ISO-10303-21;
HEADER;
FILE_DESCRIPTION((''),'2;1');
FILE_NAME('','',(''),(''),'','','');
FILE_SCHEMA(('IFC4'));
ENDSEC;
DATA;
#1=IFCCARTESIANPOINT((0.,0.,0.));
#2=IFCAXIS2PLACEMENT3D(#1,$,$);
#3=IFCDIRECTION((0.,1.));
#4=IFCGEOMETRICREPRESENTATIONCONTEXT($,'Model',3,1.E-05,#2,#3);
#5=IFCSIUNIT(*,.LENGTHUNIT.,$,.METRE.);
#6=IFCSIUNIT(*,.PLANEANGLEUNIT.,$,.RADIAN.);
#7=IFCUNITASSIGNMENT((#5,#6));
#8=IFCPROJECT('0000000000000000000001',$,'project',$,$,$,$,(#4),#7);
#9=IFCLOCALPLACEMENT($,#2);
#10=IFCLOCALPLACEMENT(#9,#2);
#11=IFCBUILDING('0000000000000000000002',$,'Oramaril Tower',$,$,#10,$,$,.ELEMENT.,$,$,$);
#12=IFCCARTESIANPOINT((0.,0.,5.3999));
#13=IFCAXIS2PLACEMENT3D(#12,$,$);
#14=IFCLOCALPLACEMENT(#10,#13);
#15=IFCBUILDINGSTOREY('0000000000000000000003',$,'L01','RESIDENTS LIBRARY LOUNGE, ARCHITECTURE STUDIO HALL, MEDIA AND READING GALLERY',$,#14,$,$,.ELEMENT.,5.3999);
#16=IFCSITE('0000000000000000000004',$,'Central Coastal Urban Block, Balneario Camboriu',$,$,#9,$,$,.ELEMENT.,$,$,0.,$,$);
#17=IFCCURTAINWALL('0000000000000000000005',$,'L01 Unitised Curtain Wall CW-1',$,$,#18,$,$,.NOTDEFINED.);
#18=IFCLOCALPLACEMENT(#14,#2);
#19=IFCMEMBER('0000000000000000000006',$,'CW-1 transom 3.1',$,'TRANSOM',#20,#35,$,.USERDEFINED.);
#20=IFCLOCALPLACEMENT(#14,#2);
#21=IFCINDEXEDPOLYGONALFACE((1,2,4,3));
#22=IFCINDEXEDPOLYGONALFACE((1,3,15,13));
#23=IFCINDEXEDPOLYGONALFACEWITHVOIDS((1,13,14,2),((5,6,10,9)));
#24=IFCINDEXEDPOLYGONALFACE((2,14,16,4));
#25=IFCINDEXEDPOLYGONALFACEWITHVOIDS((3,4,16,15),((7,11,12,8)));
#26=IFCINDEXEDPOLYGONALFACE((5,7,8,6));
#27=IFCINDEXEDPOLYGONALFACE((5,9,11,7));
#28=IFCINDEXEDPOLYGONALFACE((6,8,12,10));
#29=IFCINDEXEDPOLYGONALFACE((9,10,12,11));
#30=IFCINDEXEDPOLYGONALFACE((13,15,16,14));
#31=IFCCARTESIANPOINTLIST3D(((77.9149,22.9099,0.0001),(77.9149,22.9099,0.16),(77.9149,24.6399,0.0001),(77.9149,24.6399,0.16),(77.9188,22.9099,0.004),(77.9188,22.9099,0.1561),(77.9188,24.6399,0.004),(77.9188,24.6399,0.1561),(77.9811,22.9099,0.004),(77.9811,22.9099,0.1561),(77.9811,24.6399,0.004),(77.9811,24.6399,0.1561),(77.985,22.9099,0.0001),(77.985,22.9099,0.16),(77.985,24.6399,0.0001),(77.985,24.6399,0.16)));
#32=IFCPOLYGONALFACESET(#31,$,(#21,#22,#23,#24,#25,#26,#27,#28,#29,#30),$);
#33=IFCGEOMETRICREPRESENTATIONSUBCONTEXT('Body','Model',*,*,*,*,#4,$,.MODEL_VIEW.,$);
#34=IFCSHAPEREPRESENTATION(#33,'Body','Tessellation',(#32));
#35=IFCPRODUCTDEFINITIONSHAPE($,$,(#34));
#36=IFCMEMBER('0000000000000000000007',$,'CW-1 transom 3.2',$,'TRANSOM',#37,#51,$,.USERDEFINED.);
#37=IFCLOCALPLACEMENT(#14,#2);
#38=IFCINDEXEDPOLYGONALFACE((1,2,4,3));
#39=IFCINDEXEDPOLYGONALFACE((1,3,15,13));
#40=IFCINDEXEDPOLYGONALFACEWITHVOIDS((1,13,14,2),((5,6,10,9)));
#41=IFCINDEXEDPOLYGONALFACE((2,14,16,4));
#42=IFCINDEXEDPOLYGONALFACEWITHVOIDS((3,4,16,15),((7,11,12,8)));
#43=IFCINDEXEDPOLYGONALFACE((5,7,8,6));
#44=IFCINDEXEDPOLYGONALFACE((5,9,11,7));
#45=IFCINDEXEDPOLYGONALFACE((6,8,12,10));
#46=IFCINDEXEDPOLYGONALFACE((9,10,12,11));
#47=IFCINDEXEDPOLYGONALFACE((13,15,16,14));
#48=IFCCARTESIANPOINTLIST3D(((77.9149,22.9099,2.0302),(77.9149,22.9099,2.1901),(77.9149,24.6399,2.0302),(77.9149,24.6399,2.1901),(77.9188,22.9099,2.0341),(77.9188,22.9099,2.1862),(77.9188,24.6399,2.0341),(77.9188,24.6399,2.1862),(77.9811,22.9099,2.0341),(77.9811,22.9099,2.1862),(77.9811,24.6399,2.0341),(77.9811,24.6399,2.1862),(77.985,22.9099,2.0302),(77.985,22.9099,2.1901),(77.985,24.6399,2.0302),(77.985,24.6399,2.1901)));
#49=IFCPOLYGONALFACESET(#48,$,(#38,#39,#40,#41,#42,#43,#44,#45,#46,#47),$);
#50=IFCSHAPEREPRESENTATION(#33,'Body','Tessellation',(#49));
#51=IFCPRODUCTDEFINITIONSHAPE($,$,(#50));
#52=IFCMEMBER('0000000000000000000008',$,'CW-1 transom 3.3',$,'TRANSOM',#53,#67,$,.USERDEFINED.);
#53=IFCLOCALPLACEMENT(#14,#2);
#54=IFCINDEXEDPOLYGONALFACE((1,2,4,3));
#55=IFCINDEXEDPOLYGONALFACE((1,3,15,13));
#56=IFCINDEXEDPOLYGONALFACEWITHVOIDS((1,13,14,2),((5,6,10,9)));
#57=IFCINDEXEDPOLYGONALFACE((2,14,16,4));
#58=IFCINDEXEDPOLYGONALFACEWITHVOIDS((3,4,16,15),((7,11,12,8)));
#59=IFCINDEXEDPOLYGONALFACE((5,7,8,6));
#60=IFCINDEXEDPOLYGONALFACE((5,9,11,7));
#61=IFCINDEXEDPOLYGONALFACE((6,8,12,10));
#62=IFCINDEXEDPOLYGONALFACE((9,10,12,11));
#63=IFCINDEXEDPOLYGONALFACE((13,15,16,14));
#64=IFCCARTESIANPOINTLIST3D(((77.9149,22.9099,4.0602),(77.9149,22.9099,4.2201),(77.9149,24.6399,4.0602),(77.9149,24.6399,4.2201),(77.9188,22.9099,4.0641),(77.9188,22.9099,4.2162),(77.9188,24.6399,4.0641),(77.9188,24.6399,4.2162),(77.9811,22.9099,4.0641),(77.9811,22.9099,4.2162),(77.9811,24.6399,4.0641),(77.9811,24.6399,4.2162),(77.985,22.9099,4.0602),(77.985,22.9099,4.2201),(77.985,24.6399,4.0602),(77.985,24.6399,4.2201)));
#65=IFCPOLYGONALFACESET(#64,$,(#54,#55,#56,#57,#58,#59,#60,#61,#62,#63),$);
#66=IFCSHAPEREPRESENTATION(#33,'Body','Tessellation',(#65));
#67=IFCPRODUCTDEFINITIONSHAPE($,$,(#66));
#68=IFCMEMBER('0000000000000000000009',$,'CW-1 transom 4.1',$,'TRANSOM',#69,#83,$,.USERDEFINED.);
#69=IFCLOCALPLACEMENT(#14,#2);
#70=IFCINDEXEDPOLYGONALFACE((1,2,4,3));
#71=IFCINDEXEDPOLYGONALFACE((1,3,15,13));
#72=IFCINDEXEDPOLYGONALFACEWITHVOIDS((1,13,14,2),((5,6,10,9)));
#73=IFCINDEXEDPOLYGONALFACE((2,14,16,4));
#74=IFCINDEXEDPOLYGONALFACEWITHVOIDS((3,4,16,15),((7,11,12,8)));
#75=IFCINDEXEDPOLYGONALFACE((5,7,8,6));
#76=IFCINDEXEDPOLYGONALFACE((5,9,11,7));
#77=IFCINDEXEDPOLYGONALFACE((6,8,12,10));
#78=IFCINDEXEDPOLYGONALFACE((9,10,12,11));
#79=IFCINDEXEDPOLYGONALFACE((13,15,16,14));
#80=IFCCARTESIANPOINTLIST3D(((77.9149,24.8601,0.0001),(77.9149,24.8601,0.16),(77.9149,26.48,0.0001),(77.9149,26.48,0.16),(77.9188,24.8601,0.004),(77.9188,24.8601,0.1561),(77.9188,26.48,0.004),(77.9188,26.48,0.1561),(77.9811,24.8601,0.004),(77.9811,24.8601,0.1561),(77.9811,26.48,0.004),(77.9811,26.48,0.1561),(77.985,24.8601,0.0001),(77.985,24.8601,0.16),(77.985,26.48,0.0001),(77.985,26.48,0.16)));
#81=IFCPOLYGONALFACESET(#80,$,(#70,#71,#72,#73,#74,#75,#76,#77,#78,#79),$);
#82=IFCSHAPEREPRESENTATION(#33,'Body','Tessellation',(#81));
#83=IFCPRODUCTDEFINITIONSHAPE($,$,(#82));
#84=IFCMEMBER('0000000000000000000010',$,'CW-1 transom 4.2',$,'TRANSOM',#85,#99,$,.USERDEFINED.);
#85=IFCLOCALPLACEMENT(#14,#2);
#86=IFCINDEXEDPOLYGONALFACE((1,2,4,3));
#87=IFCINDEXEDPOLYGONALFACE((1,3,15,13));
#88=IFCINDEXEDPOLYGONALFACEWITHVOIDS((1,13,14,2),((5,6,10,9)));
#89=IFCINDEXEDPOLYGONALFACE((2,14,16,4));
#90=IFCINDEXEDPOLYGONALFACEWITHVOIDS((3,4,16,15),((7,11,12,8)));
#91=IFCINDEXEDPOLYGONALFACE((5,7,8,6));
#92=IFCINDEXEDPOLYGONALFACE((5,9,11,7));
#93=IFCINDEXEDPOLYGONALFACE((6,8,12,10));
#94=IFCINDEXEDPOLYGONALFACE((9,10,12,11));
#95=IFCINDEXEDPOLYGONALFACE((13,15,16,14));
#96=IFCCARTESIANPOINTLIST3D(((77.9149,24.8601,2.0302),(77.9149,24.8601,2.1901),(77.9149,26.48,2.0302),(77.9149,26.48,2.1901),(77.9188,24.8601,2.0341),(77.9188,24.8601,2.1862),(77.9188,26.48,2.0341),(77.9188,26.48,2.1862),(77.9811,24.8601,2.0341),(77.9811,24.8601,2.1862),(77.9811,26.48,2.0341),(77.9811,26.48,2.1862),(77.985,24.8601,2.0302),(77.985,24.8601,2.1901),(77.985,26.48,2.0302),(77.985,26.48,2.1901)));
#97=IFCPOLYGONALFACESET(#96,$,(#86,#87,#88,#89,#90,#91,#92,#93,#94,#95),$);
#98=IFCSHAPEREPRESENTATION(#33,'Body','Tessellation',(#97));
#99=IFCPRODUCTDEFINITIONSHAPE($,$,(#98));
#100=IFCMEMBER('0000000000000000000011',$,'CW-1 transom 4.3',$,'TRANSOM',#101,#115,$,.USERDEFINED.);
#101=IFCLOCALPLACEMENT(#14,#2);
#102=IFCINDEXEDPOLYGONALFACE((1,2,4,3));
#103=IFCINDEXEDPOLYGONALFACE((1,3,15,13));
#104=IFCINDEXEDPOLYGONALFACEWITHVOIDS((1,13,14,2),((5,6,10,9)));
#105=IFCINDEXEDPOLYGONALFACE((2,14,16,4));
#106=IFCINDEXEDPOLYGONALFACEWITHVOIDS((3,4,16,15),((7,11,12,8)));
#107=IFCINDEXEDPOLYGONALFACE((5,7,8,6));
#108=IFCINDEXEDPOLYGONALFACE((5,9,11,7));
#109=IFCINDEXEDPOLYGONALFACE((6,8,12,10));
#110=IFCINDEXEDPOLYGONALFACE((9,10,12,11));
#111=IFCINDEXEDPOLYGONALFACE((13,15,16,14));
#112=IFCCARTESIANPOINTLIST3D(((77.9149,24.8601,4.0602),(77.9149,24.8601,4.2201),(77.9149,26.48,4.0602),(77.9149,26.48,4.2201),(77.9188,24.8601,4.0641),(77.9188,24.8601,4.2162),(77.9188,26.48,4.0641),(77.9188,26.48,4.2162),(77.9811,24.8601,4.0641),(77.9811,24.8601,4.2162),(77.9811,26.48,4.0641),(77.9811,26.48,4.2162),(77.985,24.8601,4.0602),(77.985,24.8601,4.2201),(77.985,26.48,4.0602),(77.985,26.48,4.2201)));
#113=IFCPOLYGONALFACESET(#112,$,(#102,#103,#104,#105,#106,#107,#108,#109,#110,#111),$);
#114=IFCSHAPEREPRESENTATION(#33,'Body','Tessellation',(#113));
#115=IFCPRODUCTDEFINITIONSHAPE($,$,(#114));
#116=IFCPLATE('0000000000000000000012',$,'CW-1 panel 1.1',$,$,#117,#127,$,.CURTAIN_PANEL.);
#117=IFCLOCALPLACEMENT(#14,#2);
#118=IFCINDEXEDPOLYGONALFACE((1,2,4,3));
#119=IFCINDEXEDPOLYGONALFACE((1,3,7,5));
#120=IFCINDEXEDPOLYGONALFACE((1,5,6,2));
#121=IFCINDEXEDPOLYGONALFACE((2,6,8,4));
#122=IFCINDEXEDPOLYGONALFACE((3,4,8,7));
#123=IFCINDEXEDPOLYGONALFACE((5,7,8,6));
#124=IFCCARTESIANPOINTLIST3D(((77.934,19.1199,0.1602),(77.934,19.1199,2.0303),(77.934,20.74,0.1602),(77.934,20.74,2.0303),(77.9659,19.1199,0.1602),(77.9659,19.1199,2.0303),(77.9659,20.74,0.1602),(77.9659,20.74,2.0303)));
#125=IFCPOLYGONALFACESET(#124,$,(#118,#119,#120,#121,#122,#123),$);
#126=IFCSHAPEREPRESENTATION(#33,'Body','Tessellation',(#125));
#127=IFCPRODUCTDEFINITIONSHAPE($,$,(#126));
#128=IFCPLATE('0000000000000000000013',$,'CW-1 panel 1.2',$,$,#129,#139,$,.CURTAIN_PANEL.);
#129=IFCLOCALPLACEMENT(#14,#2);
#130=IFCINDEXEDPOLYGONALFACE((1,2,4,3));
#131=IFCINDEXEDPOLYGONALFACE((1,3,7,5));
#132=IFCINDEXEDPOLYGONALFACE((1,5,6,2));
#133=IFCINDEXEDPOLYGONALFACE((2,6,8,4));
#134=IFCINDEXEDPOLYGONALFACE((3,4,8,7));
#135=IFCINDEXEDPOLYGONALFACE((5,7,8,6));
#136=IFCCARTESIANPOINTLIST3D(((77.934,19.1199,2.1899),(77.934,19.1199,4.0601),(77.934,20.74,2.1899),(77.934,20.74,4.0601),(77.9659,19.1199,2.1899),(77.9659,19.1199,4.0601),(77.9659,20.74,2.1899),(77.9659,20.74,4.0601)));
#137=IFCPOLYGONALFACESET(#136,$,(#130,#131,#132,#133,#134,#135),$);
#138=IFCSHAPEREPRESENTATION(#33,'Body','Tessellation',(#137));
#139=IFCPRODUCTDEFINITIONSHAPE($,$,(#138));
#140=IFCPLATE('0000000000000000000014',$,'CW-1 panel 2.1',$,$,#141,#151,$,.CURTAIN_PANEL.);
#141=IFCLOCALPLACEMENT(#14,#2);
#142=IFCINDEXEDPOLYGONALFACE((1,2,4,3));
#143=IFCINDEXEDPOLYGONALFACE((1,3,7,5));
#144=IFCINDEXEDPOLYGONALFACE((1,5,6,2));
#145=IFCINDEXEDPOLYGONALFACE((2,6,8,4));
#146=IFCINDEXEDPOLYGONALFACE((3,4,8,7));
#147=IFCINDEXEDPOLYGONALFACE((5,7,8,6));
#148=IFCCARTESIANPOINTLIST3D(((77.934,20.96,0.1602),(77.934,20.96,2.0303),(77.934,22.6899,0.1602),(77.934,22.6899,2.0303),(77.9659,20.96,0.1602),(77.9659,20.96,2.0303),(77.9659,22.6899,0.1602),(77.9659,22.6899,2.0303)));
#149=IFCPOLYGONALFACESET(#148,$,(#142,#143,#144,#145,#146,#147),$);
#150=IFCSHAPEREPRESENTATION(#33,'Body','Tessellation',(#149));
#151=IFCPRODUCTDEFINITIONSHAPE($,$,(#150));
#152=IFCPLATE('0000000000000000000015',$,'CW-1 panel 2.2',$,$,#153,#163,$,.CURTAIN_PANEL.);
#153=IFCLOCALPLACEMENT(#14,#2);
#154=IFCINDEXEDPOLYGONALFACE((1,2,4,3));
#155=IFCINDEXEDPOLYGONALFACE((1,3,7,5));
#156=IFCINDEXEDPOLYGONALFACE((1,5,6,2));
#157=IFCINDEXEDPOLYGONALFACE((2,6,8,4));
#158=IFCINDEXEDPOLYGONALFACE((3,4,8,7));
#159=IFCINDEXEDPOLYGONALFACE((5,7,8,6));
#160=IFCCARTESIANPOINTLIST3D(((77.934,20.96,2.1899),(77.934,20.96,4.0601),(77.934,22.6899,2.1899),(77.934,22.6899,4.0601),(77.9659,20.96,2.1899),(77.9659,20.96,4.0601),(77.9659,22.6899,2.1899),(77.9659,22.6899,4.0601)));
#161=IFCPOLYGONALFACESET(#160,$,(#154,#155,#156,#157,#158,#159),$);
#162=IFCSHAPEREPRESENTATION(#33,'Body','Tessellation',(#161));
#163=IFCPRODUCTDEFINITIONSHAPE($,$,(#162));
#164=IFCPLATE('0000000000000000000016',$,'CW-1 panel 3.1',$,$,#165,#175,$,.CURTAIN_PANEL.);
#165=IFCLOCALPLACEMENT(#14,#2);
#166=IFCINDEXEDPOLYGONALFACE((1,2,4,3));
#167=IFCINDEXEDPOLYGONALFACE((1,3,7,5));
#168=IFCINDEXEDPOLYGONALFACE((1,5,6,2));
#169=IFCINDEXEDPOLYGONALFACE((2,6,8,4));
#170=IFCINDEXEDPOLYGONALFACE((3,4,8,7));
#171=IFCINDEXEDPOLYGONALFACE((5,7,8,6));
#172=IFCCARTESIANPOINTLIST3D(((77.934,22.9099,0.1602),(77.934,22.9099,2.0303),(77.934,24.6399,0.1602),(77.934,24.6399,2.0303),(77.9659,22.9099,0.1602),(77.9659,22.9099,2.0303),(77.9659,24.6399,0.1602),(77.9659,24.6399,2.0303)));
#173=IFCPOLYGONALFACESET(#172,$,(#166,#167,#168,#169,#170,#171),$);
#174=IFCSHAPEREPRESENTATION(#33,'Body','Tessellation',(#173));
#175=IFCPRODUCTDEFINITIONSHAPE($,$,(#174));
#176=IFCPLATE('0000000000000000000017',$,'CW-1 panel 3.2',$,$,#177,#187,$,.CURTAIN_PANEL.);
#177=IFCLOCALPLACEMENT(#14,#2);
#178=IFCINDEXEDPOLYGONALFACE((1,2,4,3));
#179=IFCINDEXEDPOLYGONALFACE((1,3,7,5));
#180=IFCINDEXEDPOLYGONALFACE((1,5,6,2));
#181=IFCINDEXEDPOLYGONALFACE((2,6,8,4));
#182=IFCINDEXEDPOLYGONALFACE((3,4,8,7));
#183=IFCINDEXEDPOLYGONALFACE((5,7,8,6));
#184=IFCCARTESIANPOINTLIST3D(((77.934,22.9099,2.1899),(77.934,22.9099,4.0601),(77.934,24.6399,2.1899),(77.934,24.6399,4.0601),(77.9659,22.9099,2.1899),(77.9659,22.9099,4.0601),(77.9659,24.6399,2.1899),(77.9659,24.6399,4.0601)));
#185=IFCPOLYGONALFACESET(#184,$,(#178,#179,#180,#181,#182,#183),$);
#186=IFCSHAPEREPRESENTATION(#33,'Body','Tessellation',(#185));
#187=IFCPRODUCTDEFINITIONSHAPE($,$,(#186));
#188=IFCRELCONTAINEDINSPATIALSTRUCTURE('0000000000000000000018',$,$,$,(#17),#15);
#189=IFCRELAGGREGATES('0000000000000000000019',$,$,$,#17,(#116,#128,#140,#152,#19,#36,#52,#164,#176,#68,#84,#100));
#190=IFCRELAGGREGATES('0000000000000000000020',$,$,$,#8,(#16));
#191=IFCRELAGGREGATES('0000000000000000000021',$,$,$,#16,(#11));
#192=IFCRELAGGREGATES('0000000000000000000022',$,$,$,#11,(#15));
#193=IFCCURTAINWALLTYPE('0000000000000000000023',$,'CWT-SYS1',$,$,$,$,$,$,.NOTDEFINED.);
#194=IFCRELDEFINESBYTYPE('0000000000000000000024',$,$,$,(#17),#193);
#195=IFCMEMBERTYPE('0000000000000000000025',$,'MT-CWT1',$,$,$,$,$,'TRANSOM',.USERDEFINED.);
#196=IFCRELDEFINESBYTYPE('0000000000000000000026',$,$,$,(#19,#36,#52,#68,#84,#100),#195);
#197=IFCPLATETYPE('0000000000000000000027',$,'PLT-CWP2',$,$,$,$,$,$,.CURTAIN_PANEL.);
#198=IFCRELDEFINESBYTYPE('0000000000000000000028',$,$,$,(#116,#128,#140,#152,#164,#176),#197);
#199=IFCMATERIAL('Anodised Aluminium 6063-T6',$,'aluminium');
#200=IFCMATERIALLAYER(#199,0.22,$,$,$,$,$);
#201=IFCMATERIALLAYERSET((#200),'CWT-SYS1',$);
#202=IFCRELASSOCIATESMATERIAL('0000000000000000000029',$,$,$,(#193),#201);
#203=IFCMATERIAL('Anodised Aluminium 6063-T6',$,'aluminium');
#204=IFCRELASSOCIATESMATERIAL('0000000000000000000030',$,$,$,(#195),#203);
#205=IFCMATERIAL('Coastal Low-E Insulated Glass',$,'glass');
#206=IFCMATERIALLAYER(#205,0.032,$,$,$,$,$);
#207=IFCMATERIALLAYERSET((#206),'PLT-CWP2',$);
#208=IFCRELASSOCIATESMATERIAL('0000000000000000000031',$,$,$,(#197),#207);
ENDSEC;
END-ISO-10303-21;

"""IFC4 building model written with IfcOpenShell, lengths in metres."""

from ifc_helpers import new_model, si_unit, direction, frame, origin, origin_2d, place, context, subcontext, project, spatial, rectangle, hollow_rectangle, extrude, material, layer, layer_set, material_profile, profile_set, type_object, element, aggregate, save


model = new_model("IFC4")

# Units and contexts
model_context = context("Model", 3, precision=1e-05, world=origin(), true_north=direction((0.0, 1.0)))
body_context = subcontext(model_context, "Body", "Model", "MODEL_VIEW")
ifc_project = project(units=[si_unit("LENGTHUNIT", "METRE"), si_unit("PLANEANGLEUNIT", "RADIAN")], contexts=[model_context])

# Site, building, storey
site_placement = place(None, origin())
site = spatial("IfcSite", under=ifc_project, at=site_placement, Name="Central Coastal Urban Block, Balneario Camboriu", CompositionType="ELEMENT", RefElevation=0.0)
building_placement = place(site_placement, origin())
building = spatial("IfcBuilding", under=site, at=building_placement, Name="Oramaril Tower", CompositionType="ELEMENT")
storey_placement = place(building_placement, frame((0.0, 0.0, 5.3999)))
storey = spatial("IfcBuildingStorey", under=building, at=storey_placement, Name="L01", Description="RESIDENTS LIBRARY LOUNGE, ARCHITECTURE STUDIO HALL, MEDIA AND READING GALLERY", CompositionType="ELEMENT", Elevation=5.3999)

# Curtain wall, members, plates
ifc_material_1 = material(Name="Anodised Aluminium 6063-T6", Category="aluminium")
ifc_layer_1 = layer(ifc_material_1, 0.22)
ifc_layer_set_1 = layer_set([ifc_layer_1], Name="CWT-SYS1")
curtain_wall_type = type_object("IfcCurtainWallType", Name="CWT-SYS1", PredefinedType="NOTDEFINED", material=ifc_layer_set_1)
curtain_wall_placement = place(storey_placement, origin())
curtain_wall = element("IfcCurtainWall", 1, at=curtain_wall_placement, inside=storey, type_object=curtain_wall_type, Name="L01 Unitised Curtain Wall CW-1", PredefinedType="NOTDEFINED")
ifc_material_2 = material(Name="Anodised Aluminium 6063-T6", Category="aluminium")
ifc_material_profile_1 = material_profile(ifc_material_2, hollow_rectangle(XDim=0.0701, YDim=0.1599, WallThickness=0.0039, at=origin_2d()), Name="CWT160X70")
ifc_profile_set_1 = profile_set([ifc_material_profile_1], Name="Anodised Aluminium 6063-T6")
member_type_1 = type_object("IfcMemberType", Name="MT-CWT1", ElementType="TRANSOM", PredefinedType="USERDEFINED", material=ifc_profile_set_1)
member_1_placement = place(storey_placement, frame((77.95, 22.9099, 0.0801), z_axis=(0.0, 1.0, 0.0), x_axis=(-1.0, 0.0, 0.0)))
member_1 = element("IfcMember", 2, at=member_1_placement, type_object=member_type_1, Name="CW-1 transom 3.1", ObjectType="TRANSOM", PredefinedType="USERDEFINED", context=body_context, shape_type="SweptSolid", body=[
    extrude(hollow_rectangle(XDim=0.0701, YDim=0.1599, WallThickness=0.0039, at=origin_2d()), origin(), (0.0, 0.0, 1.0), 1.73),
])
member_2_placement = place(storey_placement, frame((77.95, 22.9099, 2.1101), z_axis=(0.0, 1.0, 0.0), x_axis=(-1.0, 0.0, 0.0)))
member_2 = element("IfcMember", 3, at=member_2_placement, type_object=member_type_1, Name="CW-1 transom 3.2", ObjectType="TRANSOM", PredefinedType="USERDEFINED", context=body_context, shape_type="SweptSolid", body=[
    extrude(hollow_rectangle(XDim=0.0701, YDim=0.1599, WallThickness=0.0039, at=origin_2d()), origin(), (0.0, 0.0, 1.0), 1.73),
])
member_3_placement = place(storey_placement, frame((77.95, 22.9099, 4.1401), z_axis=(0.0, 1.0, 0.0), x_axis=(-1.0, 0.0, 0.0)))
member_3 = element("IfcMember", 4, at=member_3_placement, type_object=member_type_1, Name="CW-1 transom 3.3", ObjectType="TRANSOM", PredefinedType="USERDEFINED", context=body_context, shape_type="SweptSolid", body=[
    extrude(hollow_rectangle(XDim=0.0701, YDim=0.1599, WallThickness=0.0039, at=origin_2d()), origin(), (0.0, 0.0, 1.0), 1.73),
])
member_4_placement = place(storey_placement, frame((77.95, 24.8601, 0.0801), z_axis=(0.0, 1.0, 0.0), x_axis=(-1.0, 0.0, 0.0)))
member_4 = element("IfcMember", 5, at=member_4_placement, type_object=member_type_1, Name="CW-1 transom 4.1", ObjectType="TRANSOM", PredefinedType="USERDEFINED", context=body_context, shape_type="SweptSolid", body=[
    extrude(hollow_rectangle(XDim=0.0701, YDim=0.1599, WallThickness=0.0039, at=origin_2d()), origin(), (0.0, 0.0, 1.0), 1.6199),
])
member_5_placement = place(storey_placement, frame((77.95, 24.8601, 2.1101), z_axis=(0.0, 1.0, 0.0), x_axis=(-1.0, 0.0, 0.0)))
member_5 = element("IfcMember", 6, at=member_5_placement, type_object=member_type_1, Name="CW-1 transom 4.2", ObjectType="TRANSOM", PredefinedType="USERDEFINED", context=body_context, shape_type="SweptSolid", body=[
    extrude(hollow_rectangle(XDim=0.0701, YDim=0.1599, WallThickness=0.0039, at=origin_2d()), origin(), (0.0, 0.0, 1.0), 1.6199),
])
member_6_placement = place(storey_placement, frame((77.95, 24.8601, 4.1401), z_axis=(0.0, 1.0, 0.0), x_axis=(-1.0, 0.0, 0.0)))
member_6 = element("IfcMember", 7, at=member_6_placement, type_object=member_type_1, Name="CW-1 transom 4.3", ObjectType="TRANSOM", PredefinedType="USERDEFINED", context=body_context, shape_type="SweptSolid", body=[
    extrude(hollow_rectangle(XDim=0.0701, YDim=0.1599, WallThickness=0.0039, at=origin_2d()), origin(), (0.0, 0.0, 1.0), 1.6199),
])
ifc_material_3 = material(Name="Coastal Low-E Insulated Glass", Category="glass")
ifc_layer_2 = layer(ifc_material_3, 0.032)
ifc_layer_set_2 = layer_set([ifc_layer_2], Name="PLT-CWP2")
plate_type = type_object("IfcPlateType", Name="PLT-CWP2", PredefinedType="CURTAIN_PANEL", material=ifc_layer_set_2)
plate_1_placement = place(storey_placement, frame((77.95, 19.9299, 0.1602), z_axis=(0.0, 0.0, 1.0), x_axis=(0.0, 1.0, 0.0)))
plate_1 = element("IfcPlate", 8, at=plate_1_placement, type_object=plate_type, Name="CW-1 panel 1.1", PredefinedType="CURTAIN_PANEL", context=body_context, shape_type="SweptSolid", body=[
    extrude(rectangle(XDim=1.6201, YDim=0.032, at=origin_2d()), origin(), (0.0, 0.0, 1.0), 1.8701),
])
plate_2_placement = place(storey_placement, frame((77.95, 19.9299, 2.1899), z_axis=(0.0, 0.0, 1.0), x_axis=(0.0, 1.0, 0.0)))
plate_2 = element("IfcPlate", 9, at=plate_2_placement, type_object=plate_type, Name="CW-1 panel 1.2", PredefinedType="CURTAIN_PANEL", context=body_context, shape_type="SweptSolid", body=[
    extrude(rectangle(XDim=1.6201, YDim=0.032, at=origin_2d()), origin(), (0.0, 0.0, 1.0), 1.8701),
])
plate_3_placement = place(storey_placement, frame((77.95, 21.825, 0.1602), z_axis=(0.0, 0.0, 1.0), x_axis=(0.0, 1.0, 0.0)))
plate_3 = element("IfcPlate", 10, at=plate_3_placement, type_object=plate_type, Name="CW-1 panel 2.1", PredefinedType="CURTAIN_PANEL", context=body_context, shape_type="SweptSolid", body=[
    extrude(rectangle(XDim=1.73, YDim=0.032, at=origin_2d()), origin(), (0.0, 0.0, 1.0), 1.8701),
])
plate_4_placement = place(storey_placement, frame((77.95, 21.825, 2.1899), z_axis=(0.0, 0.0, 1.0), x_axis=(0.0, 1.0, 0.0)))
plate_4 = element("IfcPlate", 11, at=plate_4_placement, type_object=plate_type, Name="CW-1 panel 2.2", PredefinedType="CURTAIN_PANEL", context=body_context, shape_type="SweptSolid", body=[
    extrude(rectangle(XDim=1.73, YDim=0.032, at=origin_2d()), origin(), (0.0, 0.0, 1.0), 1.8701),
])
plate_5_placement = place(storey_placement, frame((77.95, 23.7749, 0.1602), z_axis=(0.0, 0.0, 1.0), x_axis=(0.0, 1.0, 0.0)))
plate_5 = element("IfcPlate", 12, at=plate_5_placement, type_object=plate_type, Name="CW-1 panel 3.1", PredefinedType="CURTAIN_PANEL", context=body_context, shape_type="SweptSolid", body=[
    extrude(rectangle(XDim=1.73, YDim=0.032, at=origin_2d()), origin(), (0.0, 0.0, 1.0), 1.8701),
])
plate_6_placement = place(storey_placement, frame((77.95, 23.7749, 2.1899), z_axis=(0.0, 0.0, 1.0), x_axis=(0.0, 1.0, 0.0)))
plate_6 = element("IfcPlate", 13, at=plate_6_placement, type_object=plate_type, Name="CW-1 panel 3.2", PredefinedType="CURTAIN_PANEL", context=body_context, shape_type="SweptSolid", body=[
    extrude(rectangle(XDim=1.73, YDim=0.032, at=origin_2d()), origin(), (0.0, 0.0, 1.0), 1.8701),
])
aggregate(curtain_wall, [plate_1, plate_2, plate_3, plate_4, member_1, member_2, member_3, plate_5, plate_6, member_4, member_5, member_6])

save(model, "model.ifc")
